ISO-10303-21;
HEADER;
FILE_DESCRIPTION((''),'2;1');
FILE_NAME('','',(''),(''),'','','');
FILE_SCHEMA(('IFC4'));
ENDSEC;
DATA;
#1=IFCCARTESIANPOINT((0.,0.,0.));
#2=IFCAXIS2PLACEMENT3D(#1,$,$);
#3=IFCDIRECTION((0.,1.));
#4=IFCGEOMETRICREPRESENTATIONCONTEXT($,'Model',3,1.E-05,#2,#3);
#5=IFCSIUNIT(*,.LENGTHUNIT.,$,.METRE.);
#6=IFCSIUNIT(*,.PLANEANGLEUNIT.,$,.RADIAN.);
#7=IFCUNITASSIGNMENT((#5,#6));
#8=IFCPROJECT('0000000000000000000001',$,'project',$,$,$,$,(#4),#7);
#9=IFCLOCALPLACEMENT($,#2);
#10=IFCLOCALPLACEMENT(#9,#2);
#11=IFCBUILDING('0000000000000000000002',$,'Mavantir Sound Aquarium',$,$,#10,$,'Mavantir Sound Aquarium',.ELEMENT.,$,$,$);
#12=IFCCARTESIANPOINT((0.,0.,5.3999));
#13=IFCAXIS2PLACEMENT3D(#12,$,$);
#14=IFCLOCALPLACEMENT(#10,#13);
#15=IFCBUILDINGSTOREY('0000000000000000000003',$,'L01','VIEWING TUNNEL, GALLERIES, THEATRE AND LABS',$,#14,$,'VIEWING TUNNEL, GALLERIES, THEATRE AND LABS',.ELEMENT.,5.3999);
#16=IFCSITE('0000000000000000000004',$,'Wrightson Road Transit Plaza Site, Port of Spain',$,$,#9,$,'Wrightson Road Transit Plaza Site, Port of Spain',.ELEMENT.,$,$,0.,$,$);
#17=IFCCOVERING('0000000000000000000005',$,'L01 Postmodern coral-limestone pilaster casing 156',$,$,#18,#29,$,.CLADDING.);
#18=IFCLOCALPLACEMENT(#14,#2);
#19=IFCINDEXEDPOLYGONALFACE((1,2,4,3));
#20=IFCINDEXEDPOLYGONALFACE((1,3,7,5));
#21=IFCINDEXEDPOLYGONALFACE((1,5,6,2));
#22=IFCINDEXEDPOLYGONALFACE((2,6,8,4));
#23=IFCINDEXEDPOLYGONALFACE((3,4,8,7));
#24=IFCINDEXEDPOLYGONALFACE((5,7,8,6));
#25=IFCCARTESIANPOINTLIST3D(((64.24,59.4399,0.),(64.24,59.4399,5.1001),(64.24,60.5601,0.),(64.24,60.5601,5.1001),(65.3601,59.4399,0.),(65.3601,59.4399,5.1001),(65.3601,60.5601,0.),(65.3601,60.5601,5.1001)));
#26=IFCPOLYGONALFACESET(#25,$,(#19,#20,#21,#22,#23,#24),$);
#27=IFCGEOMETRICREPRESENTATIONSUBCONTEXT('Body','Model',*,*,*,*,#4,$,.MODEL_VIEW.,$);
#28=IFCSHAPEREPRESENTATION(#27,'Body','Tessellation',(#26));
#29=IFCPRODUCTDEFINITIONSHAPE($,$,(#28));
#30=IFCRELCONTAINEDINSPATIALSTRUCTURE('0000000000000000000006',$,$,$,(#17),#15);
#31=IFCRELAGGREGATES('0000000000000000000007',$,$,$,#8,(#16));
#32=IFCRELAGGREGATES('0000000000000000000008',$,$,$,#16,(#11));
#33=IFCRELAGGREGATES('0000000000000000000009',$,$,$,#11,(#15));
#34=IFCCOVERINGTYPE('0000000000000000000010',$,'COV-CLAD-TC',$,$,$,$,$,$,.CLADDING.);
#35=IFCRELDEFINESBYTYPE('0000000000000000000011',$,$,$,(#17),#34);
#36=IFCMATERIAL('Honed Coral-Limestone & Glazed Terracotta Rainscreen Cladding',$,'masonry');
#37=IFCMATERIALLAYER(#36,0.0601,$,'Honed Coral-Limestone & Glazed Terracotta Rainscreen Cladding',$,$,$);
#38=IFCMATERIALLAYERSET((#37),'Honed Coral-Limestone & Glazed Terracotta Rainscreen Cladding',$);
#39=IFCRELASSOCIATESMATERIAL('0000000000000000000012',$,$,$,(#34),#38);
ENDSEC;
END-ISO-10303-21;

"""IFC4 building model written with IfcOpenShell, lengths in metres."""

from ifc_helpers import new_model, si_unit, direction, frame, origin, place, context, subcontext, project, spatial, polyline, outline, extrude, material, layer, layer_set, type_object, element, save


model = new_model("IFC4")

# Units and contexts
model_context = context("Model", 3, precision=1e-05, world=origin(), true_north=direction((0.0, 1.0)))
body_context = subcontext(model_context, "Body", "Model", "MODEL_VIEW")
ifc_project = project(units=[si_unit("LENGTHUNIT", "METRE"), si_unit("PLANEANGLEUNIT", "RADIAN")], contexts=[model_context])

# Site, building, storey
site_placement = place(None, origin())
site = spatial("IfcSite", under=ifc_project, at=site_placement, Name="Wrightson Road Transit Plaza Site, Port of Spain", LongName="Wrightson Road Transit Plaza Site, Port of Spain", CompositionType="ELEMENT", RefElevation=0.0)
building_placement = place(site_placement, origin())
building = spatial("IfcBuilding", under=site, at=building_placement, Name="Mavantir Sound Aquarium", LongName="Mavantir Sound Aquarium", CompositionType="ELEMENT")
storey_placement = place(building_placement, frame((0.0, 0.0, 5.3999)))
storey = spatial("IfcBuildingStorey", under=building, at=storey_placement, Name="L01", Description="VIEWING TUNNEL, GALLERIES, THEATRE AND LABS", LongName="VIEWING TUNNEL, GALLERIES, THEATRE AND LABS", CompositionType="ELEMENT", Elevation=5.3999)

# Covering
ifc_material = material(Name="Honed Coral-Limestone & Glazed Terracotta Rainscreen Cladding", Category="masonry")
ifc_layer = layer(ifc_material, 0.0601, Name="Honed Coral-Limestone & Glazed Terracotta Rainscreen Cladding")
ifc_layer_set = layer_set([ifc_layer], Name="Honed Coral-Limestone & Glazed Terracotta Rainscreen Cladding")
covering_type = type_object("IfcCoveringType", Name="COV-CLAD-TC", PredefinedType="CLADDING", material=ifc_layer_set)
covering_1_placement = place(storey_placement, origin())
element("IfcCovering", 1, at=covering_1_placement, inside=storey, type_object=covering_type, Name="L01 Postmodern coral-limestone pilaster casing 156", PredefinedType="CLADDING", context=body_context, shape_type="SweptSolid", body=[
    extrude(outline(polyline([(64.24, 59.4399), (65.3601, 59.4399), (65.3601, 60.5601), (64.24, 60.5601), (64.24, 59.4399)])), origin(), (0.0, 0.0, 1.0), 5.1001),
])

save(model, "model.ifc")
